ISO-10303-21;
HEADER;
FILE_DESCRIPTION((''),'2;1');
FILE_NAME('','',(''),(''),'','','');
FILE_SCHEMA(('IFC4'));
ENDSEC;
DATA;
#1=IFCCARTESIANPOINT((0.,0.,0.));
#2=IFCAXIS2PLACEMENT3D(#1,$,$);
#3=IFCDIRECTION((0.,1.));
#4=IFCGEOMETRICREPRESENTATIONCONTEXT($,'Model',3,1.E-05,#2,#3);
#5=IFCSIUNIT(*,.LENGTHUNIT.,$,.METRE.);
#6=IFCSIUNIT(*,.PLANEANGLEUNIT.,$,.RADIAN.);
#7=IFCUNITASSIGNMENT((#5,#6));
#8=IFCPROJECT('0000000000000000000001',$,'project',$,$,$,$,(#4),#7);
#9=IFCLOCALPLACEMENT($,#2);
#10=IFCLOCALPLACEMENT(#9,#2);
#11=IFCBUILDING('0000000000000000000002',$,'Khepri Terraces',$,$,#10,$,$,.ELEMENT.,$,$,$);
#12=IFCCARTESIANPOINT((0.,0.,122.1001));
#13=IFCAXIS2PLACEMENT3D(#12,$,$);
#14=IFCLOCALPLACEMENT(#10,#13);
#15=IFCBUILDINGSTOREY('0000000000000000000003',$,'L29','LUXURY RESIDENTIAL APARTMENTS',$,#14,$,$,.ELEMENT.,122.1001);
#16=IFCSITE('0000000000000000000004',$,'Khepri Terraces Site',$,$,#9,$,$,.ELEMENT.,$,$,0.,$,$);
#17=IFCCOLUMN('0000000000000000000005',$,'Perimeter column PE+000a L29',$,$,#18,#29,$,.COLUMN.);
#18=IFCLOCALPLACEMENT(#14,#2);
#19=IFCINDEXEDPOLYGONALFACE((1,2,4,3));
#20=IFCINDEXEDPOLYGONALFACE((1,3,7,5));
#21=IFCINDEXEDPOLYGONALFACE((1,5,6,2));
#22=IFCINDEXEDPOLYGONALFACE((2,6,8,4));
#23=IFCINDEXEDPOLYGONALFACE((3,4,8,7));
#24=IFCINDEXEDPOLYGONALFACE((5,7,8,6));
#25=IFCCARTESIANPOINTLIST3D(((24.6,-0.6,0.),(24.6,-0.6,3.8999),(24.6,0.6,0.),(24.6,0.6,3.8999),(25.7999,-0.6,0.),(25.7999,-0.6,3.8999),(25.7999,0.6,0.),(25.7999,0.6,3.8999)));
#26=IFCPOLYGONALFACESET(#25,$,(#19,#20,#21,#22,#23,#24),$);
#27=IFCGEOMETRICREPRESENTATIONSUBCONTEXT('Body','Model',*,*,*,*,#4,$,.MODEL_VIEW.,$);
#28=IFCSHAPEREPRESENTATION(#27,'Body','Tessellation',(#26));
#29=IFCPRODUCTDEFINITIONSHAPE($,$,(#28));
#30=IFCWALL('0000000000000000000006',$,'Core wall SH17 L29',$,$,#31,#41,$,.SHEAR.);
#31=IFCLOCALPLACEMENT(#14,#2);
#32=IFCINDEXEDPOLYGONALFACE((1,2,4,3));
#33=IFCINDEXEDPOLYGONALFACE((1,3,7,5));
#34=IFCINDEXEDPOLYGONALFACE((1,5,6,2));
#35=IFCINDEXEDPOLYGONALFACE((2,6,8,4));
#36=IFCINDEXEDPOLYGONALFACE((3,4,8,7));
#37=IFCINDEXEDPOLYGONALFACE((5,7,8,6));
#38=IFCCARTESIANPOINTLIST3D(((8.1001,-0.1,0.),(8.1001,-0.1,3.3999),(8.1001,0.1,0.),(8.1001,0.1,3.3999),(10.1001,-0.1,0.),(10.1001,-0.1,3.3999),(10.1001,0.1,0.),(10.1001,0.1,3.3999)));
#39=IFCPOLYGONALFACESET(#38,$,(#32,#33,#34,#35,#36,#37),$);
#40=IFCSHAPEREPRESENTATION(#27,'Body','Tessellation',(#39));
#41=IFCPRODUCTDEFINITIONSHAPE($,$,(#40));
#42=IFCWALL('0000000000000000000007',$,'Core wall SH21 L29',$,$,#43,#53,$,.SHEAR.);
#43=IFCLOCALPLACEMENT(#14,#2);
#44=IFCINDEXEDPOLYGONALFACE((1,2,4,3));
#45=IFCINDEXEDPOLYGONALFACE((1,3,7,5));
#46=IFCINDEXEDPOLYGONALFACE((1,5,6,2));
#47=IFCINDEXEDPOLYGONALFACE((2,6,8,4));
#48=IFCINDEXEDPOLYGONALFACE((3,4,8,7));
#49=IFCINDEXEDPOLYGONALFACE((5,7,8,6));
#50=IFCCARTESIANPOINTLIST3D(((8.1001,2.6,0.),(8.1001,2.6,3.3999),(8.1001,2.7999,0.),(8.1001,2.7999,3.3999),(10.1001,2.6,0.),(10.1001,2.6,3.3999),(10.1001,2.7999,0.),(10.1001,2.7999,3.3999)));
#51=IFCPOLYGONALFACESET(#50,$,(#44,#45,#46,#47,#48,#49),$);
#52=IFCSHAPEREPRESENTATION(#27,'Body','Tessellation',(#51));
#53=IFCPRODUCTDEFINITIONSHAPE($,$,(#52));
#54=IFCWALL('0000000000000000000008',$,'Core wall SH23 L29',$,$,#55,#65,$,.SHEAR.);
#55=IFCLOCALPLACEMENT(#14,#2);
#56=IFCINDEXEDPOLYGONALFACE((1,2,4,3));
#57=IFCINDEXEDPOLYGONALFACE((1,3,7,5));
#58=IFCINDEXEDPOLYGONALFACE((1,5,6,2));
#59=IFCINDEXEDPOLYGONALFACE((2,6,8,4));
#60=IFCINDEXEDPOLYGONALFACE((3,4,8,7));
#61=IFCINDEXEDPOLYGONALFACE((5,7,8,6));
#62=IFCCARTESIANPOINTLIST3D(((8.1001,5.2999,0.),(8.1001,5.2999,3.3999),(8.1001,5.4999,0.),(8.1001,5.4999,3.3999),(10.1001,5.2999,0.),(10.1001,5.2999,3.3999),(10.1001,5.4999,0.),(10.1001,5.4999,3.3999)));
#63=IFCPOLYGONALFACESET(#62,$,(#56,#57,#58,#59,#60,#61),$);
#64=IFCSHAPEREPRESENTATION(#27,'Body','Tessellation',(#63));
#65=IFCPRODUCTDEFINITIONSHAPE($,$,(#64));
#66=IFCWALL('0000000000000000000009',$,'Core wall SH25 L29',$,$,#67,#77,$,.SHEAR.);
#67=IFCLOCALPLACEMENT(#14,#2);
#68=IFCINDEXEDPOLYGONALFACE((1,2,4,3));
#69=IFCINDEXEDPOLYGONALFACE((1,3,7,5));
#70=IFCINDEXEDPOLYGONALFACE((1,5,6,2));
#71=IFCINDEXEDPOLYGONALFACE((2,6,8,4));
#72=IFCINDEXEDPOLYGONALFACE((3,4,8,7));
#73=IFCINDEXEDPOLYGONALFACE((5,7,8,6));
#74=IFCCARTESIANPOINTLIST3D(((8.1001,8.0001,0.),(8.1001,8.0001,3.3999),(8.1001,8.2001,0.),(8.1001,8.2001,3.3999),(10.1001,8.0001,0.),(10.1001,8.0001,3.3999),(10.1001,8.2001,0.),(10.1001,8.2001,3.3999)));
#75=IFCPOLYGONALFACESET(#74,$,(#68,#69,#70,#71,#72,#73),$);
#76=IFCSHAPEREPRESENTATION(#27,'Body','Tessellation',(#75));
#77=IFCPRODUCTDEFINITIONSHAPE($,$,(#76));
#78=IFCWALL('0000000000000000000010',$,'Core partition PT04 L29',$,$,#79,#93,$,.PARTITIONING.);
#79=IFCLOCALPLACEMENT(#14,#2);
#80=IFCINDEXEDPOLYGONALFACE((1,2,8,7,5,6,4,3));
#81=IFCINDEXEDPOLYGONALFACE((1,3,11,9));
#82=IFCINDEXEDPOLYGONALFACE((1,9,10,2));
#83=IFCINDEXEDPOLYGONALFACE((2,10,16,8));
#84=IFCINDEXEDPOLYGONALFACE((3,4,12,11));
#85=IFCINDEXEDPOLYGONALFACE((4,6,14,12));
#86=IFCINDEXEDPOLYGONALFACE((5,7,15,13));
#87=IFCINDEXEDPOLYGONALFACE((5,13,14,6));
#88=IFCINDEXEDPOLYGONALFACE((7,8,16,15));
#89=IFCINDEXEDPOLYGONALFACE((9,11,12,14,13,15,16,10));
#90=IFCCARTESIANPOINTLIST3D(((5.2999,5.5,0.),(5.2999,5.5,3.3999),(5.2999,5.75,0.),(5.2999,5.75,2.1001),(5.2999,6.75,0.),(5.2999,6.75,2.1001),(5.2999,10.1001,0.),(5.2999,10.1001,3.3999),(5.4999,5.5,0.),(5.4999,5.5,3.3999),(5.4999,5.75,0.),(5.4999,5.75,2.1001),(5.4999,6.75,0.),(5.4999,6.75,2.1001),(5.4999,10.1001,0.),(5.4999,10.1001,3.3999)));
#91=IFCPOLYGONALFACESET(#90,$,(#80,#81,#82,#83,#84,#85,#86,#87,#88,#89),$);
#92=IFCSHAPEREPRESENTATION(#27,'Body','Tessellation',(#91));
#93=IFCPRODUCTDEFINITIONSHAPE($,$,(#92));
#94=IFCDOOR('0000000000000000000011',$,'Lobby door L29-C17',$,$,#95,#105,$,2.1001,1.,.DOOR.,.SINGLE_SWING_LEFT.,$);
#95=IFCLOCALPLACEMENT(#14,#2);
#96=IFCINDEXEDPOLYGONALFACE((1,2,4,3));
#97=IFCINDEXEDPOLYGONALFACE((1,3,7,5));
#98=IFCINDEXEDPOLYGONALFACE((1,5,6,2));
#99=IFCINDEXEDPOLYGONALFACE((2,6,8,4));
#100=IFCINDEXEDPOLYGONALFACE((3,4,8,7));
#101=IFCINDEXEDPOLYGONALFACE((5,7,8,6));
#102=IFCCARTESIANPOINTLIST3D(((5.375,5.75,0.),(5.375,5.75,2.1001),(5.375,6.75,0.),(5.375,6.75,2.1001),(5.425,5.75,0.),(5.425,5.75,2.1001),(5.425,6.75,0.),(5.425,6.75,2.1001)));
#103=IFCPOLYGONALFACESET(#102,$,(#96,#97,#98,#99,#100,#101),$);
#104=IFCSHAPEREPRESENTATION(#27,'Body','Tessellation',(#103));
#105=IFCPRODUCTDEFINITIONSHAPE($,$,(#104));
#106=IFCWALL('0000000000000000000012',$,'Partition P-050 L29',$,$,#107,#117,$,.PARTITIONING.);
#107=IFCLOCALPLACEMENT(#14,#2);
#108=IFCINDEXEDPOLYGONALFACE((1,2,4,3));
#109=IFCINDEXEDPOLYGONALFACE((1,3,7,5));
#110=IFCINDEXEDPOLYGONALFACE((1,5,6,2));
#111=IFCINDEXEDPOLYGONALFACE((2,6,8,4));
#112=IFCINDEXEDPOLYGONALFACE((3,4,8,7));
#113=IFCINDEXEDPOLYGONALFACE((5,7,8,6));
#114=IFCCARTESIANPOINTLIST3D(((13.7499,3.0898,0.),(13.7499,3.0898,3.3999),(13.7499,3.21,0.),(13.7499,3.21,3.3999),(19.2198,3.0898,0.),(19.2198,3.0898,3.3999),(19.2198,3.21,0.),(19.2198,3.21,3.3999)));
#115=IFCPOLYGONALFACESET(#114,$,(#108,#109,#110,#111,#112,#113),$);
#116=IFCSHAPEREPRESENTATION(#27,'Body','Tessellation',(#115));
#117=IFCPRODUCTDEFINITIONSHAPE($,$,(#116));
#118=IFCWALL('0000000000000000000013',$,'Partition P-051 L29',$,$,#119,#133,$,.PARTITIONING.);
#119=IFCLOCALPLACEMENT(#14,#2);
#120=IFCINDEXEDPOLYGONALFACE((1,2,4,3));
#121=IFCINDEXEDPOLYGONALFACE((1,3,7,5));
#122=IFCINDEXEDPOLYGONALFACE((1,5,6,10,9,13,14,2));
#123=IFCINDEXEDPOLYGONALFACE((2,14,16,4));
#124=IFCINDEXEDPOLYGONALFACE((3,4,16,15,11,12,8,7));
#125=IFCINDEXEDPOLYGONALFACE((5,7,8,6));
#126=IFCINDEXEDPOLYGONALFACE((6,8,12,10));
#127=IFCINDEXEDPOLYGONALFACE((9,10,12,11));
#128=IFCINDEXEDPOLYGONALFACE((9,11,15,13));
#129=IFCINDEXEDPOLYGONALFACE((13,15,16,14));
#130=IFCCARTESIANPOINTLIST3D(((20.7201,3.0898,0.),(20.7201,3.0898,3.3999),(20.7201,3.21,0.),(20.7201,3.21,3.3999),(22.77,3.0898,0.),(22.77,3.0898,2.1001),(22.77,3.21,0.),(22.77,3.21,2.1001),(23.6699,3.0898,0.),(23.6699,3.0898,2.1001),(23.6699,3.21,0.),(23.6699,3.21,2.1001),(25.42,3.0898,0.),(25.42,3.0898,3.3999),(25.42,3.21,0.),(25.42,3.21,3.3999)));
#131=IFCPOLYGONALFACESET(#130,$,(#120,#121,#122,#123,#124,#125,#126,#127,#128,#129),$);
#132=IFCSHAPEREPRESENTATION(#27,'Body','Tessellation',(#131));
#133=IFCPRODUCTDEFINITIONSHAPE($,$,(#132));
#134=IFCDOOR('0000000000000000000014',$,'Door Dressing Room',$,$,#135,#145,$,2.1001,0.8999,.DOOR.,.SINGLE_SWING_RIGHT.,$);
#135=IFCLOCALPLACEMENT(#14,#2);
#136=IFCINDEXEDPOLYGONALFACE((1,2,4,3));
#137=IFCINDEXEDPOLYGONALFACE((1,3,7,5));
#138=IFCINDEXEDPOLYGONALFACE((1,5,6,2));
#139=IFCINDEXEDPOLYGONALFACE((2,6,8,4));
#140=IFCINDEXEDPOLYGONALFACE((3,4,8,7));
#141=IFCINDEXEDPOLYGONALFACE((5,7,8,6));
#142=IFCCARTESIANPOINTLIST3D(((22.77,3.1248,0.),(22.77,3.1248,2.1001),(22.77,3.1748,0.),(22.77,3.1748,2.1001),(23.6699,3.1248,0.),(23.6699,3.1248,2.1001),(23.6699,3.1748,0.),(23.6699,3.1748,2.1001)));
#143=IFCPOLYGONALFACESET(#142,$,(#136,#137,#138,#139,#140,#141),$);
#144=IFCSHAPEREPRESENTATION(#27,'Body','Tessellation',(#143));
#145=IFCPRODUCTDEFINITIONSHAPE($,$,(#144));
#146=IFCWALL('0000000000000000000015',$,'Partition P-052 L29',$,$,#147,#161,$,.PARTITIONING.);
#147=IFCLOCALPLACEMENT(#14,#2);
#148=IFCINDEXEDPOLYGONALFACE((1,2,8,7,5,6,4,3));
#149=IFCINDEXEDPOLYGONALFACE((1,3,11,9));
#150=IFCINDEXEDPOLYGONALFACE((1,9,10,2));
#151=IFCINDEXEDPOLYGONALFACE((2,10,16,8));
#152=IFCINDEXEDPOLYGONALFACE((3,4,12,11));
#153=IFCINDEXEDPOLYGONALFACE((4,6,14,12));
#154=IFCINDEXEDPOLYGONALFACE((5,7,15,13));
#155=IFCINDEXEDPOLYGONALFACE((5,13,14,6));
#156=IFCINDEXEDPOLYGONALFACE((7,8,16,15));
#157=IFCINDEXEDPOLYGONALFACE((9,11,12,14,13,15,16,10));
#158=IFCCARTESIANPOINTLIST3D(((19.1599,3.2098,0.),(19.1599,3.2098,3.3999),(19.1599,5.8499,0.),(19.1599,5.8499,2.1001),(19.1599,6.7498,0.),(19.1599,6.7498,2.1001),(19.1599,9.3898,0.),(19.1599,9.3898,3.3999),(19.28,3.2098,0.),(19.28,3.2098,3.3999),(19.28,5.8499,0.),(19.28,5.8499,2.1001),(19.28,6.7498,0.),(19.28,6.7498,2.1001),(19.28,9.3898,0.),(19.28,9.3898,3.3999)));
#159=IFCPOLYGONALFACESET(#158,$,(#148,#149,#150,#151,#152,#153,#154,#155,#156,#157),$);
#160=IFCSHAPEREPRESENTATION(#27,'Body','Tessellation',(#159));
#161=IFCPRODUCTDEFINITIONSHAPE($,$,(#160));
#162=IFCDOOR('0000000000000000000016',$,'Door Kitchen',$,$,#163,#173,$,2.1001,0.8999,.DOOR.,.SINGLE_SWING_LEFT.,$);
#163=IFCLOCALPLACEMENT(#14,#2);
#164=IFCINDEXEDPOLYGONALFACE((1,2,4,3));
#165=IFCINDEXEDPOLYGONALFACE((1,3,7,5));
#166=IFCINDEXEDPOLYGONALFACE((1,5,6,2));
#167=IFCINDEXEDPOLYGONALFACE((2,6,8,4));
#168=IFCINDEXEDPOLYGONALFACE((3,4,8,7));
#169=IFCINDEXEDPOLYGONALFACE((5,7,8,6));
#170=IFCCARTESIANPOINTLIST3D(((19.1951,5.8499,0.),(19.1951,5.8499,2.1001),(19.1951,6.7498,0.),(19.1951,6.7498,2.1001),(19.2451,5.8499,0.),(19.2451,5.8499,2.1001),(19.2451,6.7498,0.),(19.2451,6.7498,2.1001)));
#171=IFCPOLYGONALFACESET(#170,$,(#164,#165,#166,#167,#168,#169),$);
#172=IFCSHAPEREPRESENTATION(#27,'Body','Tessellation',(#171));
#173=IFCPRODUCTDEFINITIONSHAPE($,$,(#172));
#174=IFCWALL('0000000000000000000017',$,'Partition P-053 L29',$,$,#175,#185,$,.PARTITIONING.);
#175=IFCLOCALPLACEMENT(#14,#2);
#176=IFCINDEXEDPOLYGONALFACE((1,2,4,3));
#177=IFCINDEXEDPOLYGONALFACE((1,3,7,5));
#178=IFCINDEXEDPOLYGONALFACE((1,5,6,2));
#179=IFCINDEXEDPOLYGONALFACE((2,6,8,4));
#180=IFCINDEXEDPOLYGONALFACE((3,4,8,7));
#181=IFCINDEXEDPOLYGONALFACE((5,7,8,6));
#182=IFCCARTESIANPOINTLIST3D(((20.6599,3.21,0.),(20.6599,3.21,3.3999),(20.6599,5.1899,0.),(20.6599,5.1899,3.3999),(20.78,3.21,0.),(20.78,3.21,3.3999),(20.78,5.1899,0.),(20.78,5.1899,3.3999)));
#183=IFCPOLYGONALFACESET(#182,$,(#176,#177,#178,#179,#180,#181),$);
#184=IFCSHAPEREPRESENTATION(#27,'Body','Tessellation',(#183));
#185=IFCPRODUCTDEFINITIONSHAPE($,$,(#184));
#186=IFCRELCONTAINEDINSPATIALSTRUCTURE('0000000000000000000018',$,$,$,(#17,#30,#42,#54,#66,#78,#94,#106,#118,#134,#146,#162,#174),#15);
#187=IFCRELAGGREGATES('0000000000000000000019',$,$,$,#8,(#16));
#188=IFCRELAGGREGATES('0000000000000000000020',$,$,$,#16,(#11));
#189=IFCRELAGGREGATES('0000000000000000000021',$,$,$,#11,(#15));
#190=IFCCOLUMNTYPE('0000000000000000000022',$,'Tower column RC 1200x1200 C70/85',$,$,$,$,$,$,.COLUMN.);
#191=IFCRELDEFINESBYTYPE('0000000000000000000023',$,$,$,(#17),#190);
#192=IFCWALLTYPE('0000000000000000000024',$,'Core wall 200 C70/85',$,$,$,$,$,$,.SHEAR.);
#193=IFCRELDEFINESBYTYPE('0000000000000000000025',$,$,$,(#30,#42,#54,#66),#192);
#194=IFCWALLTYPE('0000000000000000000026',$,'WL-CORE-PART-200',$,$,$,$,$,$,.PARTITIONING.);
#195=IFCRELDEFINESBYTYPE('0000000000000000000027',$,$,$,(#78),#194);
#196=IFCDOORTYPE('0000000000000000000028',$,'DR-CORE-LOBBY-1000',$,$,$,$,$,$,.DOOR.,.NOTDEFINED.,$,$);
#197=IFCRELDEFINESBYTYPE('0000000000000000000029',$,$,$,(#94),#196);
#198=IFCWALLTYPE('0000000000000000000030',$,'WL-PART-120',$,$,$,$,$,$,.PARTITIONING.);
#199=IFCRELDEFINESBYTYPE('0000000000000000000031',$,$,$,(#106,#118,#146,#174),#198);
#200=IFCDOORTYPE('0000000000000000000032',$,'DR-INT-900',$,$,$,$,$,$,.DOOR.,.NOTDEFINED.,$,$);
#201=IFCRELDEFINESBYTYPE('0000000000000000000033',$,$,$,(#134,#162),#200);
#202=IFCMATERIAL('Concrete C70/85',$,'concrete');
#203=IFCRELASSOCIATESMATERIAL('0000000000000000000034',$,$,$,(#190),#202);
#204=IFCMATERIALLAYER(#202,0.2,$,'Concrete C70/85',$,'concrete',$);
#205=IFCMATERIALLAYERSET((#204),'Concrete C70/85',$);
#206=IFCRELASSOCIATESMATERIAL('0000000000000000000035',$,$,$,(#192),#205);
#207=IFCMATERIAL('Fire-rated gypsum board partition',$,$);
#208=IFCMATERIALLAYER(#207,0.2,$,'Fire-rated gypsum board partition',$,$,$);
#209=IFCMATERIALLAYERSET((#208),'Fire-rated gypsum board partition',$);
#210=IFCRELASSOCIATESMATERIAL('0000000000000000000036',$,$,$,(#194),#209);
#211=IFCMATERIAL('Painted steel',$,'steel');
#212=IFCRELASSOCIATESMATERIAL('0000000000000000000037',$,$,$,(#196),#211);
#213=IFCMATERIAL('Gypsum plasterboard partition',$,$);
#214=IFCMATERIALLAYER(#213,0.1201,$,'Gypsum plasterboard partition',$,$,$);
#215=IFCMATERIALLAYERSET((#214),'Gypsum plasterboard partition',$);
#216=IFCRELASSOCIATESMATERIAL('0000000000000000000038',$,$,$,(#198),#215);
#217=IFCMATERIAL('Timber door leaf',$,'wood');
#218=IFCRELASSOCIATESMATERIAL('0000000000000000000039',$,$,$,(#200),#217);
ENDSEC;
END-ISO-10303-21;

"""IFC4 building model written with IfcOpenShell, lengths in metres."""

from ifc_helpers import new_model, si_unit, direction, frame, frame_2d, origin, origin_2d, place, context, subcontext, project, spatial, rectangle, extrude, material, layer, layer_set, material_profile, profile_set, type_object, element, fill, save


model = new_model("IFC4")

# Units and contexts
model_context = context("Model", 3, precision=1e-05, world=origin(), true_north=direction((0.0, 1.0)))
body_context = subcontext(model_context, "Body", "Model", "MODEL_VIEW")
ifc_project = project(units=[si_unit("LENGTHUNIT", "METRE"), si_unit("PLANEANGLEUNIT", "RADIAN")], contexts=[model_context])

# Site, building, storey
site_placement = place(None, origin())
site = spatial("IfcSite", under=ifc_project, at=site_placement, Name="Khepri Terraces Site", CompositionType="ELEMENT", RefElevation=0.0)
building_placement = place(site_placement, origin())
building = spatial("IfcBuilding", under=site, at=building_placement, Name="Khepri Terraces", CompositionType="ELEMENT")
storey_placement = place(building_placement, frame((0.0, 0.0, 122.1001)))
storey = spatial("IfcBuildingStorey", under=building, at=storey_placement, Name="L29", Description="LUXURY RESIDENTIAL APARTMENTS", CompositionType="ELEMENT", Elevation=122.1001)

# Column
ifc_material_1 = material(Name="Concrete C70/85", Category="concrete")
ifc_material_profile = material_profile(ifc_material_1, rectangle(XDim=1.2, YDim=1.2, at=origin_2d()), Name="Concrete C70/85", Category="concrete")
ifc_profile_set = profile_set([ifc_material_profile], Name="Concrete C70/85")
column_type = type_object("IfcColumnType", Name="Tower column RC 1200x1200 C70/85", PredefinedType="COLUMN", material=ifc_profile_set)
column_placement = place(storey_placement, frame((25.2, 0.0, 0.0), z_axis=(0.0, 0.0, 1.0), x_axis=(1.0, 0.0, 0.0)))
element("IfcColumn", 1, at=column_placement, inside=storey, type_object=column_type, Name="Perimeter column PE+000a L29", PredefinedType="COLUMN", context=body_context, shape_type="SweptSolid", body=[
    extrude(rectangle(XDim=1.2, YDim=1.2, at=origin_2d()), origin(), (0.0, 0.0, 1.0), 3.8999),
])

# Walls
ifc_layer_1 = layer(ifc_material_1, 0.2, Name="Concrete C70/85", Category="concrete")
ifc_layer_set_1 = layer_set([ifc_layer_1], Name="Concrete C70/85")
wall_type_1 = type_object("IfcWallType", Name="Core wall 200 C70/85", PredefinedType="SHEAR", material=ifc_layer_set_1)
for number, where, z_axis, x_axis, name in (
    (2, (8.1001, 0.0, 0.0), (0.0, 0.0, 1.0), (1.0, 0.0, 0.0), "Core wall SH17 L29"),
    (3, (8.1001, 2.7, 0.0), (0.0, 0.0, 1.0), (1.0, 0.0, 0.0), "Core wall SH21 L29"),
    (4, (8.1001, 5.3999, 0.0), (0.0, 0.0, 1.0), (1.0, 0.0, 0.0), "Core wall SH23 L29"),
    (5, (8.1001, 8.1001, 0.0), (0.0, 0.0, 1.0), (1.0, 0.0, 0.0), "Core wall SH25 L29"),
):
    element("IfcWall", number, at=place(storey_placement, frame(where, z_axis=z_axis, x_axis=x_axis)), inside=storey, type_object=wall_type_1, Name=name, PredefinedType="SHEAR", context=body_context, shape_type="SweptSolid", body=[
        extrude(rectangle(XDim=2.0, YDim=0.2, at=frame_2d((1.0, 0.0))), origin(), (0.0, 0.0, 1.0), 3.3999),
    ])

# Wall, opening, door
ifc_material_2 = material(Name="Fire-rated gypsum board partition")
ifc_layer_2 = layer(ifc_material_2, 0.2, Name="Fire-rated gypsum board partition")
ifc_layer_set_2 = layer_set([ifc_layer_2], Name="Fire-rated gypsum board partition")
wall_type_2 = type_object("IfcWallType", Name="WL-CORE-PART-200", PredefinedType="PARTITIONING", material=ifc_layer_set_2)
wall_1_placement = place(storey_placement, frame((5.3999, 5.5, 0.0), z_axis=(0.0, 0.0, 1.0), x_axis=(0.0, 1.0, 0.0)))
wall_1 = element("IfcWall", 6, at=wall_1_placement, inside=storey, type_object=wall_type_2, Name="Core partition PT04 L29", PredefinedType="PARTITIONING", context=body_context, shape_type="SweptSolid", body=[
    extrude(rectangle(XDim=4.6001, YDim=0.2, at=frame_2d((2.3, 0.0))), origin(), (0.0, 0.0, 1.0), 3.3999),
])
opening_1_placement = place(wall_1_placement, frame((0.25, 0.0, 0.0)))
opening_1 = element("IfcOpeningElement", 7, at=opening_1_placement, cuts=wall_1, PredefinedType="OPENING", context=body_context, shape_type="SweptSolid", body=[
    extrude(rectangle(XDim=1.0, YDim=2.1001, at=frame_2d((0.5, 1.05))), frame((0.0, 0.1099, 0.0), z_axis=(0.0, -1.0, 0.0), x_axis=(1.0, 0.0, 0.0)), (0.0, 0.0, 1.0), 0.22),
])
ifc_material_3 = material(Name="Painted steel", Category="steel")
door_type_1 = type_object("IfcDoorType", Name="DR-CORE-LOBBY-1000", OperationType="NOTDEFINED", PredefinedType="DOOR", material=ifc_material_3)
door_1_placement = place(opening_1_placement, origin())
door_1 = element("IfcDoor", 8, at=door_1_placement, inside=storey, type_object=door_type_1, Name="Lobby door L29-C17", OperationType="SINGLE_SWING_LEFT", OverallHeight=2.1001, OverallWidth=1.0, PredefinedType="DOOR", context=body_context, shape_type="SweptSolid", body=[
    extrude(rectangle(XDim=1.0, YDim=2.1001, at=frame_2d((0.5, 1.05))), frame((0.0, 0.0249, 0.0), z_axis=(0.0, -1.0, 0.0), x_axis=(1.0, 0.0, 0.0)), (0.0, 0.0, 1.0), 0.05),
])
fill(opening_1, door_1)

# Wall
ifc_material_4 = material(Name="Gypsum plasterboard partition")
ifc_layer_3 = layer(ifc_material_4, 0.1201, Name="Gypsum plasterboard partition")
ifc_layer_set_3 = layer_set([ifc_layer_3], Name="Gypsum plasterboard partition")
wall_type_3 = type_object("IfcWallType", Name="WL-PART-120", PredefinedType="PARTITIONING", material=ifc_layer_set_3)
wall_2_placement = place(storey_placement, frame((13.75, 3.1499, 0.0), z_axis=(0.0, 0.0, 1.0), x_axis=(1.0, 0.0, 0.0)))
element("IfcWall", 9, at=wall_2_placement, inside=storey, type_object=wall_type_3, Name="Partition P-050 L29", PredefinedType="PARTITIONING", context=body_context, shape_type="SweptSolid", body=[
    extrude(rectangle(XDim=5.47, YDim=0.1201, at=frame_2d((2.7349, 0.0))), origin(), (0.0, 0.0, 1.0), 3.3999),
])

# Walls, openings, doors
wall_3_placement = place(storey_placement, frame((20.72, 3.1499, 0.0), z_axis=(0.0, 0.0, 1.0), x_axis=(1.0, 0.0, 0.0)))
wall_3 = element("IfcWall", 10, at=wall_3_placement, inside=storey, type_object=wall_type_3, Name="Partition P-051 L29", PredefinedType="PARTITIONING", context=body_context, shape_type="SweptSolid", body=[
    extrude(rectangle(XDim=4.7, YDim=0.1201, at=frame_2d((2.3501, 0.0))), origin(), (0.0, 0.0, 1.0), 3.3999),
])
opening_2_placement = place(wall_3_placement, frame((2.05, 0.0, 0.0)))
opening_2 = element("IfcOpeningElement", 11, at=opening_2_placement, cuts=wall_3, PredefinedType="OPENING", context=body_context, shape_type="SweptSolid", body=[
    extrude(rectangle(XDim=0.8999, YDim=2.1001, at=frame_2d((0.45, 1.05))), frame((0.0, 0.0701, 0.0), z_axis=(0.0, -1.0, 0.0), x_axis=(1.0, 0.0, 0.0)), (0.0, 0.0, 1.0), 0.1401),
])
ifc_material_5 = material(Name="Timber door leaf", Category="wood")
door_type_2 = type_object("IfcDoorType", Name="DR-INT-900", OperationType="NOTDEFINED", PredefinedType="DOOR", material=ifc_material_5)
door_2_placement = place(opening_2_placement, origin())
door_2 = element("IfcDoor", 12, at=door_2_placement, inside=storey, type_object=door_type_2, Name="Door Dressing Room", OperationType="SINGLE_SWING_RIGHT", OverallHeight=2.1001, OverallWidth=0.8999, PredefinedType="DOOR", context=body_context, shape_type="SweptSolid", body=[
    extrude(rectangle(XDim=0.8999, YDim=2.1001, at=frame_2d((0.45, 1.05))), frame((0.0, 0.0249, 0.0), z_axis=(0.0, -1.0, 0.0), x_axis=(1.0, 0.0, 0.0)), (0.0, 0.0, 1.0), 0.05),
])
fill(opening_2, door_2)
wall_4_placement = place(storey_placement, frame((19.22, 3.21, 0.0), z_axis=(0.0, 0.0, 1.0), x_axis=(0.0, 1.0, 0.0)))
wall_4 = element("IfcWall", 13, at=wall_4_placement, inside=storey, type_object=wall_type_3, Name="Partition P-052 L29", PredefinedType="PARTITIONING", context=body_context, shape_type="SweptSolid", body=[
    extrude(rectangle(XDim=6.1799, YDim=0.1201, at=frame_2d((3.0898, 0.0))), origin(), (0.0, 0.0, 1.0), 3.3999),
])
opening_3_placement = place(wall_4_placement, frame((2.6399, 0.0, 0.0)))
opening_3 = element("IfcOpeningElement", 14, at=opening_3_placement, cuts=wall_4, PredefinedType="OPENING", context=body_context, shape_type="SweptSolid", body=[
    extrude(rectangle(XDim=0.8999, YDim=2.1001, at=frame_2d((0.45, 1.05))), frame((0.0, 0.0701, 0.0), z_axis=(0.0, -1.0, 0.0), x_axis=(1.0, 0.0, 0.0)), (0.0, 0.0, 1.0), 0.1401),
])
door_3_placement = place(opening_3_placement, origin())
door_3 = element("IfcDoor", 15, at=door_3_placement, inside=storey, type_object=door_type_2, Name="Door Kitchen", OperationType="SINGLE_SWING_LEFT", OverallHeight=2.1001, OverallWidth=0.8999, PredefinedType="DOOR", context=body_context, shape_type="SweptSolid", body=[
    extrude(rectangle(XDim=0.8999, YDim=2.1001, at=frame_2d((0.45, 1.05))), frame((0.0, 0.0249, 0.0), z_axis=(0.0, -1.0, 0.0), x_axis=(1.0, 0.0, 0.0)), (0.0, 0.0, 1.0), 0.05),
])
fill(opening_3, door_3)

# Wall
wall_5_placement = place(storey_placement, frame((20.72, 3.21, 0.0), z_axis=(0.0, 0.0, 1.0), x_axis=(0.0, 1.0, 0.0)))
element("IfcWall", 16, at=wall_5_placement, inside=storey, type_object=wall_type_3, Name="Partition P-053 L29", PredefinedType="PARTITIONING", context=body_context, shape_type="SweptSolid", body=[
    extrude(rectangle(XDim=1.98, YDim=0.1201, at=frame_2d((0.99, 0.0))), origin(), (0.0, 0.0, 1.0), 3.3999),
])

save(model, "model.ifc")
